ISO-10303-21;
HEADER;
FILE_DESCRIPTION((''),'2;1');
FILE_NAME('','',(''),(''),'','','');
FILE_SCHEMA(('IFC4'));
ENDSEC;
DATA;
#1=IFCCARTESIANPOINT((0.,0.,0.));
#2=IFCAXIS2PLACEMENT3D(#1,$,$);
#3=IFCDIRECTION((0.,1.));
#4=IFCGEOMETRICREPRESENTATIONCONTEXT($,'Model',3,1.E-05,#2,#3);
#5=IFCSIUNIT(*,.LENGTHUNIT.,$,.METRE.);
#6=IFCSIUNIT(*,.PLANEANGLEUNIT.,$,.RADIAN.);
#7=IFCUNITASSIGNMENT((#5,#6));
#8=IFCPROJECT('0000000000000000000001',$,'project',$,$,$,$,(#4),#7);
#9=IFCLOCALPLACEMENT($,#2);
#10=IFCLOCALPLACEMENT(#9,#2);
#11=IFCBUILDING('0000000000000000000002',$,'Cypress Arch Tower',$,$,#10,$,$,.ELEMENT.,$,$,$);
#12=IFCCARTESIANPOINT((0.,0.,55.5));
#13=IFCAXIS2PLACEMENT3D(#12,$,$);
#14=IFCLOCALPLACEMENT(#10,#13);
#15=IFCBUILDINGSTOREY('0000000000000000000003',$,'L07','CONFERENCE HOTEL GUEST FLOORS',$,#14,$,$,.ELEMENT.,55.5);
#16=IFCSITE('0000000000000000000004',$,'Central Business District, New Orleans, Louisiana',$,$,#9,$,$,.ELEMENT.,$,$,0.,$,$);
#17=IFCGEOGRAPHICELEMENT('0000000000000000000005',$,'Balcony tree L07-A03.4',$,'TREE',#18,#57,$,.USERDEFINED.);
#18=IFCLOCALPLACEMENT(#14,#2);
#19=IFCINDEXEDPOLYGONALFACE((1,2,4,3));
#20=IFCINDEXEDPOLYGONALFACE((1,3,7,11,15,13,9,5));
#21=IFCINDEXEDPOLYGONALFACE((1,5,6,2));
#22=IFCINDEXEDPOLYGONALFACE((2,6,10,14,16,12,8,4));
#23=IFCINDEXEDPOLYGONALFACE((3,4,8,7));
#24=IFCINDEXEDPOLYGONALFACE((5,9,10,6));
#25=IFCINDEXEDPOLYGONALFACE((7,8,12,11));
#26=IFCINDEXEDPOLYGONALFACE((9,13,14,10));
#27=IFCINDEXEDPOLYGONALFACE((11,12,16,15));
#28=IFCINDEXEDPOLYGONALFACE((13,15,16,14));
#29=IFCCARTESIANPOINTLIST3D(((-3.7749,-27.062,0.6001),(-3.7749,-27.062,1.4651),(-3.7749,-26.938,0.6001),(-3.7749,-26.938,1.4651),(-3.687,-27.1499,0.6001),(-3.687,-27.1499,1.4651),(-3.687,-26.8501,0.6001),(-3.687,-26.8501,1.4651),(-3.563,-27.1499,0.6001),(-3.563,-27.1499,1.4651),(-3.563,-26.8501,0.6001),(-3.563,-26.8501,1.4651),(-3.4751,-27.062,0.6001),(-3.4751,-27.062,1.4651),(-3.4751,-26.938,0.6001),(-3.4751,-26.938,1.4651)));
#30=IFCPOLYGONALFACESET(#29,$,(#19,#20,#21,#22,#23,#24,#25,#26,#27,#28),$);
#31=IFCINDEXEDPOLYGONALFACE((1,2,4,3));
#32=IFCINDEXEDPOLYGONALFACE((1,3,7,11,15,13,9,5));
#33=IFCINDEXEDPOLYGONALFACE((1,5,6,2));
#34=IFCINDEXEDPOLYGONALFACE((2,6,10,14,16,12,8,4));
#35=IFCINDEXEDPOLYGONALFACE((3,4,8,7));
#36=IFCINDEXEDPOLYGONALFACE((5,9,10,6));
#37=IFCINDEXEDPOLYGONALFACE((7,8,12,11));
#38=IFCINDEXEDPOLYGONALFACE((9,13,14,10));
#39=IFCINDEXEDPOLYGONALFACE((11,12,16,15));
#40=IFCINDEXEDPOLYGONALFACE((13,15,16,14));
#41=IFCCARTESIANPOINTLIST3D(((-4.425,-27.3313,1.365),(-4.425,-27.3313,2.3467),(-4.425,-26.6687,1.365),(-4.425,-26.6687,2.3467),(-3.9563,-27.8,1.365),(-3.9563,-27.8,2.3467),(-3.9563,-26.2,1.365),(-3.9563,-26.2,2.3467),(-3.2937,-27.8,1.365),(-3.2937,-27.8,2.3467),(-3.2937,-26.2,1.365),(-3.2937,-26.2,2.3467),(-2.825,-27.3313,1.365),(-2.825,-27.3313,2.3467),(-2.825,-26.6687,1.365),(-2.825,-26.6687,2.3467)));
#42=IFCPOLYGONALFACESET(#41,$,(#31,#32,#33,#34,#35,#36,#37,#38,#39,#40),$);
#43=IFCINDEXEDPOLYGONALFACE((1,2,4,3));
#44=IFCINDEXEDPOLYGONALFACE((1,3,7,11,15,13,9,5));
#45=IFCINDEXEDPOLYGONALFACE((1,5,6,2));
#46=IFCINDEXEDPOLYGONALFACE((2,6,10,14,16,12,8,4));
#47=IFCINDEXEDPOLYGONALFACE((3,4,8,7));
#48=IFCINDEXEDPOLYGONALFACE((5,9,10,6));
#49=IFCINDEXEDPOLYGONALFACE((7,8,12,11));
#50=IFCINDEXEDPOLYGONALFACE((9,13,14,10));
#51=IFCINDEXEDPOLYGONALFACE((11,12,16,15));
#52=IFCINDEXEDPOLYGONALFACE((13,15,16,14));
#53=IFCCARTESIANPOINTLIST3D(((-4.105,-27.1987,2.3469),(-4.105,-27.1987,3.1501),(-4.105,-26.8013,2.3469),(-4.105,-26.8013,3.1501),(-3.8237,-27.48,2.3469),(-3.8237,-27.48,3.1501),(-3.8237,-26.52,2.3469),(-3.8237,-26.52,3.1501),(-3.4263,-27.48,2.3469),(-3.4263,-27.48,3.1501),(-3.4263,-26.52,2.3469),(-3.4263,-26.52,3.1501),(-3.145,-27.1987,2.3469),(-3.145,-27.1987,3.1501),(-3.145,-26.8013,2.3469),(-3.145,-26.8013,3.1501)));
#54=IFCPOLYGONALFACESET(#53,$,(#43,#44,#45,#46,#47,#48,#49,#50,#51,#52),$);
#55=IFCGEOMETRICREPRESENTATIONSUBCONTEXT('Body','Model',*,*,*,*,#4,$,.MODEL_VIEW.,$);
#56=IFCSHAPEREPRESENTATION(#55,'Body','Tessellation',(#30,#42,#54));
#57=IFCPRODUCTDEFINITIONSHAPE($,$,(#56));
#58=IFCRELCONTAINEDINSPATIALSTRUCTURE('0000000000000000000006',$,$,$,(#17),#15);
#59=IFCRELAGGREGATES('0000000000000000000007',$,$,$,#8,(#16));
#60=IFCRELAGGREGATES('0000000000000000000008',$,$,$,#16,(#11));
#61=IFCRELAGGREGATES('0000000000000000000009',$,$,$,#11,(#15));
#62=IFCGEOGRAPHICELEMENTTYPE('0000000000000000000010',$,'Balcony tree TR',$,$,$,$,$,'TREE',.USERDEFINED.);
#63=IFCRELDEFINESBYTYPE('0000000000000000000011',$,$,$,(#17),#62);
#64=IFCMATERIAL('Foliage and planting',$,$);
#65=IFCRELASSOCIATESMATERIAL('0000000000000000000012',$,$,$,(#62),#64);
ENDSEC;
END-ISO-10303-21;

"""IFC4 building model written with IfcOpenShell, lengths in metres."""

from ifc_helpers import new_model, si_unit, direction, frame, origin, place, context, subcontext, project, spatial, polyline, outline, extrude, material, type_object, element, save


model = new_model("IFC4")

# Units and contexts
model_context = context("Model", 3, precision=1e-05, world=origin(), true_north=direction((0.0, 1.0)))
body_context = subcontext(model_context, "Body", "Model", "MODEL_VIEW")
ifc_project = project(units=[si_unit("LENGTHUNIT", "METRE"), si_unit("PLANEANGLEUNIT", "RADIAN")], contexts=[model_context])

# Site, building, storey
site_placement = place(None, origin())
site = spatial("IfcSite", under=ifc_project, at=site_placement, Name="Central Business District, New Orleans, Louisiana", CompositionType="ELEMENT", RefElevation=0.0)
building_placement = place(site_placement, origin())
building = spatial("IfcBuilding", under=site, at=building_placement, Name="Cypress Arch Tower", CompositionType="ELEMENT")
storey_placement = place(building_placement, frame((0.0, 0.0, 55.5)))
storey = spatial("IfcBuildingStorey", under=building, at=storey_placement, Name="L07", Description="CONFERENCE HOTEL GUEST FLOORS", CompositionType="ELEMENT", Elevation=55.5)

# Geographic element
ifc_material_1 = material(Name="Foliage and planting")
geographic_element_type = type_object("IfcGeographicElementType", Name="Balcony tree TR", ElementType="TREE", PredefinedType="USERDEFINED", material=ifc_material_1)
for number, where, z_axis, x_axis, name in (
    (1, (-3.625, -27.0, 0.6001), (0.0, 0.0, 1.0), (1.0, 0.0, 0.0), "Balcony tree L07-A03.4"),
):
    element("IfcGeographicElement", number, at=place(storey_placement, frame(where, z_axis=z_axis, x_axis=x_axis)), inside=storey, type_object=geographic_element_type, Name=name, ObjectType="TREE", PredefinedType="USERDEFINED", context=body_context, shape_type="SweptSolid", body=[
        extrude(outline(polyline([(0.1499, 0.062), (0.062, 0.1499), (-0.062, 0.1499), (-0.1499, 0.062), (-0.1499, -0.062), (-0.062, -0.1499), (0.062, -0.1499), (0.1499, -0.062), (0.1499, 0.062)])), origin(), (0.0, 0.0, 1.0), 0.865),
        extrude(outline(polyline([(0.8, 0.3313), (0.3313, 0.8), (-0.3313, 0.8), (-0.8, 0.3313), (-0.8, -0.3313), (-0.3313, -0.8), (0.3313, -0.8), (0.8, -0.3313), (0.8, 0.3313)])), frame((0.0, 0.0, 0.7649)), (0.0, 0.0, 1.0), 0.9817),
        extrude(outline(polyline([(0.48, 0.1987), (0.1987, 0.48), (-0.1987, 0.48), (-0.48, 0.1987), (-0.48, -0.1987), (-0.1987, -0.48), (0.1987, -0.48), (0.48, -0.1987), (0.48, 0.1987)])), frame((0.0, 0.0, 1.7468)), (0.0, 0.0, 1.0), 0.8032),
    ])

save(model, "model.ifc")
